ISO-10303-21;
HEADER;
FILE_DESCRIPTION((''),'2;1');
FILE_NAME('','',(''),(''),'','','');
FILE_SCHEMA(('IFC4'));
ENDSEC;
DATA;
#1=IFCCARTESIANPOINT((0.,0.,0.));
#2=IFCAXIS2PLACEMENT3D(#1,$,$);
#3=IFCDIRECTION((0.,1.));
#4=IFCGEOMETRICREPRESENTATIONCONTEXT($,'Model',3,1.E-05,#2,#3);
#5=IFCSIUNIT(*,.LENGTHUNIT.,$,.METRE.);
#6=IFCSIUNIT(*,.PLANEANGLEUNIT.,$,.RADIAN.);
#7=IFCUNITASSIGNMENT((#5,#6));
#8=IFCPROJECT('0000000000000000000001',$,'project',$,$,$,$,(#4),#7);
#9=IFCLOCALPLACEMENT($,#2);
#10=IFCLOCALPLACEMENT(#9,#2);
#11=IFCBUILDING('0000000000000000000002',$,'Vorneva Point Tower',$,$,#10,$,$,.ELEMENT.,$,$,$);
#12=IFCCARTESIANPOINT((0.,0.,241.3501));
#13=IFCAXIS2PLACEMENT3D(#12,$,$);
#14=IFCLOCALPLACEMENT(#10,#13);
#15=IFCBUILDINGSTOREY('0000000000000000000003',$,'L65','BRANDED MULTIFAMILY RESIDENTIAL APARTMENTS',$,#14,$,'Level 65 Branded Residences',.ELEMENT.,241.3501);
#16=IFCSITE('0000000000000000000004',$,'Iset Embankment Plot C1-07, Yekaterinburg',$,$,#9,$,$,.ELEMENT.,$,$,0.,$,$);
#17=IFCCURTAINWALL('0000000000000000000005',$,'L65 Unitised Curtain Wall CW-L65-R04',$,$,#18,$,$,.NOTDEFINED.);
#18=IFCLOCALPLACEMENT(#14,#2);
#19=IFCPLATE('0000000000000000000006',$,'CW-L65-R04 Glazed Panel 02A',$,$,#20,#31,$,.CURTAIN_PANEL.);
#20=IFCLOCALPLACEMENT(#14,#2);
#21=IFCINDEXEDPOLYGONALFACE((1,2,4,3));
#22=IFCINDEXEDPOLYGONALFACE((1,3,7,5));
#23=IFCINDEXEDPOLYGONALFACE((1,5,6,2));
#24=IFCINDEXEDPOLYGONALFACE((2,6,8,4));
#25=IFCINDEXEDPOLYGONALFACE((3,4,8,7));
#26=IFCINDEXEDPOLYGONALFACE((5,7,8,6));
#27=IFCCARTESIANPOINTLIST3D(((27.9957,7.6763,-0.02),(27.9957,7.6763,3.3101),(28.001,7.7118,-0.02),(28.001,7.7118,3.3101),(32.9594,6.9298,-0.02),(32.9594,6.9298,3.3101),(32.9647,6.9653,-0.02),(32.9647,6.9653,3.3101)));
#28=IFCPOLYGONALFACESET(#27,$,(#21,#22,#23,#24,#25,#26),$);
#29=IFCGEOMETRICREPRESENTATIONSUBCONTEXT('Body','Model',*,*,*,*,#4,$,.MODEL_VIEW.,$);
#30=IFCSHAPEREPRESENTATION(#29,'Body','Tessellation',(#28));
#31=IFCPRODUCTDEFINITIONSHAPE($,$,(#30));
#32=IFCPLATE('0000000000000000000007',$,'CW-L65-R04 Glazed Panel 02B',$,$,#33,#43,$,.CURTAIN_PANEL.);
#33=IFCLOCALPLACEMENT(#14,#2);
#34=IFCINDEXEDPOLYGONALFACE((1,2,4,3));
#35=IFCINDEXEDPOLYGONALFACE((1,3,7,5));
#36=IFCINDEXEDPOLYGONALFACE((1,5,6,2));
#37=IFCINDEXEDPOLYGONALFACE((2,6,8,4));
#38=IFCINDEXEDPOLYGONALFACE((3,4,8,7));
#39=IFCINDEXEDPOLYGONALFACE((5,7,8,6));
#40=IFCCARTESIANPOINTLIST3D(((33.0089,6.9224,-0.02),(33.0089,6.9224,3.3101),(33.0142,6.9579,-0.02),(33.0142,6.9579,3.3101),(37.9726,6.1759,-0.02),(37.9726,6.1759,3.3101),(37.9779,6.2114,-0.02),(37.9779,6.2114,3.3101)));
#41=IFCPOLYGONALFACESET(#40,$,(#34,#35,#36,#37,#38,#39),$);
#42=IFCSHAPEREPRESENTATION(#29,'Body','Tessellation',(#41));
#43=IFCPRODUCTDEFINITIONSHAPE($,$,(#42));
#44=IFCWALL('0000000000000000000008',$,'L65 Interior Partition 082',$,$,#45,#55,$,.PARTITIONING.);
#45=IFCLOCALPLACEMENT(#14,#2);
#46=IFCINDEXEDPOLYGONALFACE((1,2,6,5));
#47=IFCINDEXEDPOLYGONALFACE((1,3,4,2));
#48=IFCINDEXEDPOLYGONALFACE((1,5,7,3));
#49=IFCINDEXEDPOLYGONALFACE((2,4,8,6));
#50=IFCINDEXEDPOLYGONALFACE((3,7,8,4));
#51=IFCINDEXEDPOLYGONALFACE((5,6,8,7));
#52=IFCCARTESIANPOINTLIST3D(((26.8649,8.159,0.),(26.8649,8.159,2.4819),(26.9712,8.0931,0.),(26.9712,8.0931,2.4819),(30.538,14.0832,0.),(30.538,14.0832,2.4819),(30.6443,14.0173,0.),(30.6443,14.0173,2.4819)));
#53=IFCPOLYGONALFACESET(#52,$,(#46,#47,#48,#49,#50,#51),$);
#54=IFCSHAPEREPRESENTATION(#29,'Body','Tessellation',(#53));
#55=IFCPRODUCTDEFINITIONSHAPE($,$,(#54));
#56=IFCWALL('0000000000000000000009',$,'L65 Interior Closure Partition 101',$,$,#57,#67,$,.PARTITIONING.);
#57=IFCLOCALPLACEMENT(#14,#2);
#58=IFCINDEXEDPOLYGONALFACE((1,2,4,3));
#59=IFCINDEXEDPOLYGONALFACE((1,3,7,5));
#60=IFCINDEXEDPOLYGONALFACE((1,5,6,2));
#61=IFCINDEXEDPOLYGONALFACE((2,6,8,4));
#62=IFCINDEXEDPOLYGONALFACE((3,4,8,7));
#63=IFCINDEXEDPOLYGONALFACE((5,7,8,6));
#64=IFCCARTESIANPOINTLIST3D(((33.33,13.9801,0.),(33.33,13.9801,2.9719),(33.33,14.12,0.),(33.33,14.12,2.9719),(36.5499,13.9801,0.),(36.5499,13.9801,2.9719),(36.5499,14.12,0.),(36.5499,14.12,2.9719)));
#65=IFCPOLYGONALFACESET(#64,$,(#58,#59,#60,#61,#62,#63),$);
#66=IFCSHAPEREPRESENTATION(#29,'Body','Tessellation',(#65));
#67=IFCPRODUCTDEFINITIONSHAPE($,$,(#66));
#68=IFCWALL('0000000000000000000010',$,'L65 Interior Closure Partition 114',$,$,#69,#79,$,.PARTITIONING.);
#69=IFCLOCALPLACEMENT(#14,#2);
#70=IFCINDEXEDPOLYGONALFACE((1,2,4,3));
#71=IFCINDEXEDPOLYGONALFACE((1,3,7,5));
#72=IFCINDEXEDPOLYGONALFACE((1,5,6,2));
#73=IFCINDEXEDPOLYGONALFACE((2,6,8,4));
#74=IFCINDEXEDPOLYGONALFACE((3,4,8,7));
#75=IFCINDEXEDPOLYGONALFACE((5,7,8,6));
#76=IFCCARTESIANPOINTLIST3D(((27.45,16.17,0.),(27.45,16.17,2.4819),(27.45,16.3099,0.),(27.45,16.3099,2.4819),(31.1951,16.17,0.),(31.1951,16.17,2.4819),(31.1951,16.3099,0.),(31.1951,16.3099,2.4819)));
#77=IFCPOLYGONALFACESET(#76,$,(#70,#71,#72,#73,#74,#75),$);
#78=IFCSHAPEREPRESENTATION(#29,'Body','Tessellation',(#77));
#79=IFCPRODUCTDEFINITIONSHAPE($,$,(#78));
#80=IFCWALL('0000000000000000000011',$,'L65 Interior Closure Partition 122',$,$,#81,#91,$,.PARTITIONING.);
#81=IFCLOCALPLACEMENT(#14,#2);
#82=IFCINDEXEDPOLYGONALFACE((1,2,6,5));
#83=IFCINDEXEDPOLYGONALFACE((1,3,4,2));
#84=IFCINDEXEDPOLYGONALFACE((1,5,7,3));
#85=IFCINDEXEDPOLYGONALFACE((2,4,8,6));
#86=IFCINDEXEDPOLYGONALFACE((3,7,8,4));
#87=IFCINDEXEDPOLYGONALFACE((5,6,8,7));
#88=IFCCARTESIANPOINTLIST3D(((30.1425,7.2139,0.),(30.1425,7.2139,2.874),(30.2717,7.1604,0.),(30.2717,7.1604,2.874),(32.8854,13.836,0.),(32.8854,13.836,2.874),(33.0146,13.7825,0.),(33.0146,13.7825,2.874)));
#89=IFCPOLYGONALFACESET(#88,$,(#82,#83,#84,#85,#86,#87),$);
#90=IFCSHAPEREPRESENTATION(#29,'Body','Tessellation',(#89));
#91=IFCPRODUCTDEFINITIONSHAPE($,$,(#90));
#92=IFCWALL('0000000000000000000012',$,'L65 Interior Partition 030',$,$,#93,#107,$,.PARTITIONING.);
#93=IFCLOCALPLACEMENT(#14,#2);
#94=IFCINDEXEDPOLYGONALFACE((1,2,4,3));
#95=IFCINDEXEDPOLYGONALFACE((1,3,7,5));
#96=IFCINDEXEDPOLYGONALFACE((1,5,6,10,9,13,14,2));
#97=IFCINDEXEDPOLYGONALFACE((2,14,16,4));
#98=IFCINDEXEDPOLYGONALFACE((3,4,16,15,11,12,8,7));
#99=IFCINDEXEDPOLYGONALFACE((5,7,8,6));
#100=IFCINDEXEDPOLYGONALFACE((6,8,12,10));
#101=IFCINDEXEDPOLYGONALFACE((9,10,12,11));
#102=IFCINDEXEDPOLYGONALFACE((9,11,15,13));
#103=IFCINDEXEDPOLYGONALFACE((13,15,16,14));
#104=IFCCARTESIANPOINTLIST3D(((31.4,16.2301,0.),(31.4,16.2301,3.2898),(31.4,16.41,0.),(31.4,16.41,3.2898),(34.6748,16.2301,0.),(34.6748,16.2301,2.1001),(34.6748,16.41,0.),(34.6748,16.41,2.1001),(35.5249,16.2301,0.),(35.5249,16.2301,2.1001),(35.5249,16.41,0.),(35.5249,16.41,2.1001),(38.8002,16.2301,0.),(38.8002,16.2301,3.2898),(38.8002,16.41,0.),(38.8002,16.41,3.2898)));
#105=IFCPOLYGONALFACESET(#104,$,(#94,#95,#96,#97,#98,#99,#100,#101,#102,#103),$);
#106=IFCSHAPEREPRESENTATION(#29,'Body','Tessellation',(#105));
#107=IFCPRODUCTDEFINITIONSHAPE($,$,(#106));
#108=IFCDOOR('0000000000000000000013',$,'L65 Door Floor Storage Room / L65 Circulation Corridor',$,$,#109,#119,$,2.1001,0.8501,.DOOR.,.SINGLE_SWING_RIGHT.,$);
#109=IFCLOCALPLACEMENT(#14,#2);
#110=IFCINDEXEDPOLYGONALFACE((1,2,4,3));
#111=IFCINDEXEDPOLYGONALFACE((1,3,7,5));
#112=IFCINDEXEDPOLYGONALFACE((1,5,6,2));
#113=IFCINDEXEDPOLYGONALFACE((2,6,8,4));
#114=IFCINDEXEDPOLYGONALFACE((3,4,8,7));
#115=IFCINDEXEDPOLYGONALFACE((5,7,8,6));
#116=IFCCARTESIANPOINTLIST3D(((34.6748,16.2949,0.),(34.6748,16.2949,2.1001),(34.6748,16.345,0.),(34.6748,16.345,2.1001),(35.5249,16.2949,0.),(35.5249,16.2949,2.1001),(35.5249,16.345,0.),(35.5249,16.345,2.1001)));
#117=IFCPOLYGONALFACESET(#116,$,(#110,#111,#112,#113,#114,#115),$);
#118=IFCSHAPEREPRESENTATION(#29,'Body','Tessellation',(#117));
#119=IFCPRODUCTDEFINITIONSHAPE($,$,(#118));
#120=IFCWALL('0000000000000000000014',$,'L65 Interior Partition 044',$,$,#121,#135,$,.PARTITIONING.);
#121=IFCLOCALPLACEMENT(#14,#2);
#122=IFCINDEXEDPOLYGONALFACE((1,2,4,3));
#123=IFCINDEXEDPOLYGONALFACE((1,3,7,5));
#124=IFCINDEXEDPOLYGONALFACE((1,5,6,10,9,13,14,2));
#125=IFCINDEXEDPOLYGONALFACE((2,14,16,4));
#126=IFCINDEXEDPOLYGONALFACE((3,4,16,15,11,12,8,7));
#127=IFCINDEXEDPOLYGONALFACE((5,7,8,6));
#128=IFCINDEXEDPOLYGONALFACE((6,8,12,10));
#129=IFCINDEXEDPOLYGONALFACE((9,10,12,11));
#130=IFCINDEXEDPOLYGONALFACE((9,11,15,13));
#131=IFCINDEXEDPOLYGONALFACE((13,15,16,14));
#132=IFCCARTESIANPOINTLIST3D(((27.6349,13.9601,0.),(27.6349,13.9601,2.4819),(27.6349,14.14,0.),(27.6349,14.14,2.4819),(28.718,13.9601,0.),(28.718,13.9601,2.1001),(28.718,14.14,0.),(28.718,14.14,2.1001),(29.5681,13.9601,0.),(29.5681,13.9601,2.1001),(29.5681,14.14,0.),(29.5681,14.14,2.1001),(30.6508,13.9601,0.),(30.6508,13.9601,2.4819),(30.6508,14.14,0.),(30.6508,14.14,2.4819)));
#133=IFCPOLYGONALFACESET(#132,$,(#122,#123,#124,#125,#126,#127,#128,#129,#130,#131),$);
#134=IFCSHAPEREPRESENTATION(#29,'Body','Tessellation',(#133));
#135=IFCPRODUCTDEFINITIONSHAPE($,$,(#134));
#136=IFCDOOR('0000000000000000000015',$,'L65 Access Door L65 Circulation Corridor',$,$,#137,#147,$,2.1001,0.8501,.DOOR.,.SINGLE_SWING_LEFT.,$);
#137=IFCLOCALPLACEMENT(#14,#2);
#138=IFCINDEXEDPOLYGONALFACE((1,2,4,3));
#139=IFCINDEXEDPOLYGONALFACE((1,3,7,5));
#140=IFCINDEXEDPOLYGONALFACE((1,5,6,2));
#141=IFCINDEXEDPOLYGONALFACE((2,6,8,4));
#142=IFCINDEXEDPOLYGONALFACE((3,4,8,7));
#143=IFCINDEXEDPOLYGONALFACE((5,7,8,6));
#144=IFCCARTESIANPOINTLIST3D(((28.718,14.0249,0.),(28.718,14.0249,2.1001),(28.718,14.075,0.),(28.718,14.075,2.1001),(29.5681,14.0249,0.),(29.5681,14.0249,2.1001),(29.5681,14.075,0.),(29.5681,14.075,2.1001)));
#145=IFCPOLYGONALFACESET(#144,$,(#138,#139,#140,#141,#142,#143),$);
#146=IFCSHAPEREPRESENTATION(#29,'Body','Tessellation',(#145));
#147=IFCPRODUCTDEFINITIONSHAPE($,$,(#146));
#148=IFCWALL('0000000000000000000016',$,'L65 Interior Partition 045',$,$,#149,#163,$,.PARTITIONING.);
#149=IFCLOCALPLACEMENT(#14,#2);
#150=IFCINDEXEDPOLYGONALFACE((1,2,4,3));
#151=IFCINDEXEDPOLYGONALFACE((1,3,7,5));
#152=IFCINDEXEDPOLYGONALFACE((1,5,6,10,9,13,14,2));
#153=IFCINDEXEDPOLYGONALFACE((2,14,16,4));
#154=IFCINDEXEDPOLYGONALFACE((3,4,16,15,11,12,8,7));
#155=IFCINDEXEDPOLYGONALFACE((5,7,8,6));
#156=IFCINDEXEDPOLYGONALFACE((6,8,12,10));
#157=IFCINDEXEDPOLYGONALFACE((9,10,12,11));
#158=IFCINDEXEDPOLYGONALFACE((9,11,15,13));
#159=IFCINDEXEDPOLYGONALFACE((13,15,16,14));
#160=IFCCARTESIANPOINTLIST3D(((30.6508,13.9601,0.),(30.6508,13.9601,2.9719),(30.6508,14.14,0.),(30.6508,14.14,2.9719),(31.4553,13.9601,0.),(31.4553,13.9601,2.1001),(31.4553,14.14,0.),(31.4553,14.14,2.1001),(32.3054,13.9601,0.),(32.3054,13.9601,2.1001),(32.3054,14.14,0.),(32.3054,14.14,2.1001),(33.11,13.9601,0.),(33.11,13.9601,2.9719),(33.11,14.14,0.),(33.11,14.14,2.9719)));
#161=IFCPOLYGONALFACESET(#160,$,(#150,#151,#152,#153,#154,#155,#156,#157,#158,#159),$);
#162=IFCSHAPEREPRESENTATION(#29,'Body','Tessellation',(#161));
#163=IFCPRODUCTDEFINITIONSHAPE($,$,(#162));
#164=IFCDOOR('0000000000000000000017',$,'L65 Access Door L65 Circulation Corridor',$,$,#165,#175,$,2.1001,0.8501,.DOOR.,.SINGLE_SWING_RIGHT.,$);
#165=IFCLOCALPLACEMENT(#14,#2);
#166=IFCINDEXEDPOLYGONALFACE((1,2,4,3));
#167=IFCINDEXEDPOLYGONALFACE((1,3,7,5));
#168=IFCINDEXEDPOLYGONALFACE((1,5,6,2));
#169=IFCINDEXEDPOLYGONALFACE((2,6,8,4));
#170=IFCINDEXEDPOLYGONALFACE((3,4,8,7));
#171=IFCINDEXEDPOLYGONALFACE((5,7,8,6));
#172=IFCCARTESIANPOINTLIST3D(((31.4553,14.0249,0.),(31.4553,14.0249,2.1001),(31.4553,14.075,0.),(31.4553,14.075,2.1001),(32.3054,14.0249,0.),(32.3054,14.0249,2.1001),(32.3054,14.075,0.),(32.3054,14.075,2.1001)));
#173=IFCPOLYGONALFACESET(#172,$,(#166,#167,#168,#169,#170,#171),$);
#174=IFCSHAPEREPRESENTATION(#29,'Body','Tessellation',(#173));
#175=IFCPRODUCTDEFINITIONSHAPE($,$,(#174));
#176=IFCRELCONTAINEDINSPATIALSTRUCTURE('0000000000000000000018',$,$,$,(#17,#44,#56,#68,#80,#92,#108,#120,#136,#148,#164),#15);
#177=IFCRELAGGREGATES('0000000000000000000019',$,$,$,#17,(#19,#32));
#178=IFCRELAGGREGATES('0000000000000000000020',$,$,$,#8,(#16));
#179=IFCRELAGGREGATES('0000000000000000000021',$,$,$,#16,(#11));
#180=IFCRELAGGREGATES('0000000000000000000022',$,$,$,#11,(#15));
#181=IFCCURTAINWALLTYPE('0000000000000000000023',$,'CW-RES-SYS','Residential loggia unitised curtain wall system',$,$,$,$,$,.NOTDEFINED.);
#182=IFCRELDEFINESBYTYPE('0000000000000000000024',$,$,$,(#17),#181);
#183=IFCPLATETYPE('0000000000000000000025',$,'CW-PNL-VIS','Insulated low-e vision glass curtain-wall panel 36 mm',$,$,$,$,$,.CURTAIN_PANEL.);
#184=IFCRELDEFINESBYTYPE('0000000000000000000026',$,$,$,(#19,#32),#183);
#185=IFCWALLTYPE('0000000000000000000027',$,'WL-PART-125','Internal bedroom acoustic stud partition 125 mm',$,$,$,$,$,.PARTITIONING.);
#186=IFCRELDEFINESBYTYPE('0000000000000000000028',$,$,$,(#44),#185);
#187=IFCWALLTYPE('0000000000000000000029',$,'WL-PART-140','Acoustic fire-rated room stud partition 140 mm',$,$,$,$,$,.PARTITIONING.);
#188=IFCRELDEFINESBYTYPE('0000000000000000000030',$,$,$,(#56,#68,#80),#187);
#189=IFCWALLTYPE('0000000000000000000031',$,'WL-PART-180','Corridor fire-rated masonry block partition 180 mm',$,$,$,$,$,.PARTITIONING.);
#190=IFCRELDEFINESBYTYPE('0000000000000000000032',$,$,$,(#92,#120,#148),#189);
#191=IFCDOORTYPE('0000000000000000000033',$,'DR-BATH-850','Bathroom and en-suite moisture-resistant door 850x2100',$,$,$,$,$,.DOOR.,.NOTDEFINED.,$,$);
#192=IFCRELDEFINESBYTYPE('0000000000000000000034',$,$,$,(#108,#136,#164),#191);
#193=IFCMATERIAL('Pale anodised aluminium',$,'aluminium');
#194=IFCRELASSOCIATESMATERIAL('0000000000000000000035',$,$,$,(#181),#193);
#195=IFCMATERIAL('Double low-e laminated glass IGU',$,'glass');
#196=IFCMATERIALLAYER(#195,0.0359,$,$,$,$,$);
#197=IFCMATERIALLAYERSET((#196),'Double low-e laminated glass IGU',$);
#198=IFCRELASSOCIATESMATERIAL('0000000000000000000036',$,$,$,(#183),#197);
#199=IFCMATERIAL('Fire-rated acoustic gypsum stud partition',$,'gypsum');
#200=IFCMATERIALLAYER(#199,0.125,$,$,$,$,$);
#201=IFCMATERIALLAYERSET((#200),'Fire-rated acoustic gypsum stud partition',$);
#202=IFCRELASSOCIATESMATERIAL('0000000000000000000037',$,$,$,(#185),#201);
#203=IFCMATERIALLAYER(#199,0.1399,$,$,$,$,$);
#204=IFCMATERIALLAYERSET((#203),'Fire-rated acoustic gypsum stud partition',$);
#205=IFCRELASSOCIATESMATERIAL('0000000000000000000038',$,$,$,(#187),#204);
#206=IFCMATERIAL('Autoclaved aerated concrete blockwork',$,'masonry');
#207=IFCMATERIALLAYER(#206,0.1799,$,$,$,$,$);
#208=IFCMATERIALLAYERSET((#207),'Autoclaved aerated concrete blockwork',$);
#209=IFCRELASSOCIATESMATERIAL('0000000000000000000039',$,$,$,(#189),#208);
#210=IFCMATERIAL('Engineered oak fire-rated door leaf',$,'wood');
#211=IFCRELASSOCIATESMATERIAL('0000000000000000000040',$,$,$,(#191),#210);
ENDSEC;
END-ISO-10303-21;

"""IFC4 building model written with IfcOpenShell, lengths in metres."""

from ifc_helpers import new_model, si_unit, direction, frame, frame_2d, origin, origin_2d, place, context, subcontext, project, spatial, rectangle, extrude, material, layer, layer_set, type_object, element, fill, aggregate, save


model = new_model("IFC4")

# Units and contexts
model_context = context("Model", 3, precision=1e-05, world=origin(), true_north=direction((0.0, 1.0)))
body_context = subcontext(model_context, "Body", "Model", "MODEL_VIEW")
ifc_project = project(units=[si_unit("LENGTHUNIT", "METRE"), si_unit("PLANEANGLEUNIT", "RADIAN")], contexts=[model_context])

# Site, building, storey
site_placement = place(None, origin())
site = spatial("IfcSite", under=ifc_project, at=site_placement, Name="Iset Embankment Plot C1-07, Yekaterinburg", CompositionType="ELEMENT", RefElevation=0.0)
building_placement = place(site_placement, origin())
building = spatial("IfcBuilding", under=site, at=building_placement, Name="Vorneva Point Tower", CompositionType="ELEMENT")
storey_placement = place(building_placement, frame((0.0, 0.0, 241.3501)))
storey = spatial("IfcBuildingStorey", under=building, at=storey_placement, Name="L65", Description="BRANDED MULTIFAMILY RESIDENTIAL APARTMENTS", LongName="Level 65 Branded Residences", CompositionType="ELEMENT", Elevation=241.3501)

# Curtain wall, plates
ifc_material_1 = material(Name="Pale anodised aluminium", Category="aluminium")
curtain_wall_type = type_object("IfcCurtainWallType", Name="CW-RES-SYS", Description="Residential loggia unitised curtain wall system", PredefinedType="NOTDEFINED", material=ifc_material_1)
curtain_wall_placement = place(storey_placement, origin())
curtain_wall = element("IfcCurtainWall", 1, at=curtain_wall_placement, inside=storey, type_object=curtain_wall_type, Name="L65 Unitised Curtain Wall CW-L65-R04", PredefinedType="NOTDEFINED")
ifc_material_2 = material(Name="Double low-e laminated glass IGU", Category="glass")
ifc_layer_1 = layer(ifc_material_2, 0.0359)
ifc_layer_set_1 = layer_set([ifc_layer_1], Name="Double low-e laminated glass IGU")
plate_type = type_object("IfcPlateType", Name="CW-PNL-VIS", Description="Insulated low-e vision glass curtain-wall panel 36 mm", PredefinedType="CURTAIN_PANEL", material=ifc_layer_set_1)
plate_1_placement = place(storey_placement, frame((30.4802, 7.3208, -0.02), z_axis=(0.0, 0.0, 1.0), x_axis=(0.988879, -0.148724, 0.0)))
plate_1 = element("IfcPlate", 2, at=plate_1_placement, type_object=plate_type, Name="CW-L65-R04 Glazed Panel 02A", PredefinedType="CURTAIN_PANEL", context=body_context, shape_type="SweptSolid", body=[
    extrude(rectangle(XDim=5.0195, YDim=0.0359, at=origin_2d()), origin(), (0.0, 0.0, 1.0), 3.3301),
])
plate_2_placement = place(storey_placement, frame((35.4934, 6.5669, -0.02), z_axis=(0.0, 0.0, 1.0), x_axis=(0.988879, -0.148724, 0.0)))
plate_2 = element("IfcPlate", 3, at=plate_2_placement, type_object=plate_type, Name="CW-L65-R04 Glazed Panel 02B", PredefinedType="CURTAIN_PANEL", context=body_context, shape_type="SweptSolid", body=[
    extrude(rectangle(XDim=5.0195, YDim=0.0359, at=origin_2d()), origin(), (0.0, 0.0, 1.0), 3.3301),
])
aggregate(curtain_wall, [plate_1, plate_2])

# Walls
ifc_material_3 = material(Name="Fire-rated acoustic gypsum stud partition", Category="gypsum")
ifc_layer_2 = layer(ifc_material_3, 0.125)
ifc_layer_set_2 = layer_set([ifc_layer_2], Name="Fire-rated acoustic gypsum stud partition")
wall_type_1 = type_object("IfcWallType", Name="WL-PART-125", Description="Internal bedroom acoustic stud partition 125 mm", PredefinedType="PARTITIONING", material=ifc_layer_set_2)
wall_1_placement = place(storey_placement, frame((26.918, 8.126, 0.0), z_axis=(0.0, 0.0, 1.0), x_axis=(0.526957, 0.849892, 0.0)))
element("IfcWall", 4, at=wall_1_placement, inside=storey, type_object=wall_type_1, Name="L65 Interior Partition 082", PredefinedType="PARTITIONING", context=body_context, shape_type="SweptSolid", body=[
    extrude(rectangle(XDim=6.9705, YDim=0.125, at=frame_2d((3.4854, 0.0))), origin(), (0.0, 0.0, 1.0), 2.4819),
])
ifc_layer_3 = layer(ifc_material_3, 0.1399)
ifc_layer_set_3 = layer_set([ifc_layer_3], Name="Fire-rated acoustic gypsum stud partition")
wall_type_2 = type_object("IfcWallType", Name="WL-PART-140", Description="Acoustic fire-rated room stud partition 140 mm", PredefinedType="PARTITIONING", material=ifc_layer_set_3)
wall_2_placement = place(storey_placement, frame((33.3301, 14.05, 0.0), z_axis=(0.0, 0.0, 1.0), x_axis=(1.0, 0.0, 0.0)))
element("IfcWall", 5, at=wall_2_placement, inside=storey, type_object=wall_type_2, Name="L65 Interior Closure Partition 101", PredefinedType="PARTITIONING", context=body_context, shape_type="SweptSolid", body=[
    extrude(rectangle(XDim=3.22, YDim=0.1399, at=frame_2d((1.6099, 0.0))), origin(), (0.0, 0.0, 1.0), 2.9719),
])
wall_3_placement = place(storey_placement, frame((27.45, 16.24, 0.0), z_axis=(0.0, 0.0, 1.0), x_axis=(1.0, 0.0, 0.0)))
element("IfcWall", 6, at=wall_3_placement, inside=storey, type_object=wall_type_2, Name="L65 Interior Closure Partition 114", PredefinedType="PARTITIONING", context=body_context, shape_type="SweptSolid", body=[
    extrude(rectangle(XDim=3.7451, YDim=0.1399, at=frame_2d((1.8726, 0.0))), origin(), (0.0, 0.0, 1.0), 2.4819),
])
wall_4_placement = place(storey_placement, frame((30.207, 7.187, 0.0), z_axis=(0.0, 0.0, 1.0), x_axis=(0.38268, 0.923881, 0.0)))
element("IfcWall", 7, at=wall_4_placement, inside=storey, type_object=wall_type_2, Name="L65 Interior Closure Partition 122", PredefinedType="PARTITIONING", context=body_context, shape_type="SweptSolid", body=[
    extrude(rectangle(XDim=7.1677, YDim=0.1399, at=frame_2d((3.584, 0.0))), origin(), (0.0, 0.0, 1.0), 2.874),
])

# Walls, openings, doors
ifc_material_4 = material(Name="Autoclaved aerated concrete blockwork", Category="masonry")
ifc_layer_4 = layer(ifc_material_4, 0.1799)
ifc_layer_set_4 = layer_set([ifc_layer_4], Name="Autoclaved aerated concrete blockwork")
wall_type_3 = type_object("IfcWallType", Name="WL-PART-180", Description="Corridor fire-rated masonry block partition 180 mm", PredefinedType="PARTITIONING", material=ifc_layer_set_4)
wall_5_placement = place(storey_placement, frame((31.3999, 16.3201, 0.0), z_axis=(0.0, 0.0, 1.0), x_axis=(1.0, 0.0, 0.0)))
wall_5 = element("IfcWall", 8, at=wall_5_placement, inside=storey, type_object=wall_type_3, Name="L65 Interior Partition 030", PredefinedType="PARTITIONING", context=body_context, shape_type="SweptSolid", body=[
    extrude(rectangle(XDim=7.4001, YDim=0.1799, at=frame_2d((3.7002, 0.0))), origin(), (0.0, 0.0, 1.0), 3.2898),
])
opening_1_placement = place(wall_5_placement, frame((3.2749, 0.0, 0.0)))
opening_1 = element("IfcOpeningElement", 9, at=opening_1_placement, cuts=wall_5, PredefinedType="OPENING", context=body_context, shape_type="SweptSolid", body=[
    extrude(rectangle(XDim=0.8501, YDim=2.1001, at=frame_2d((0.425, 1.05))), frame((0.0, 0.105, 0.0), z_axis=(0.0, -1.0, 0.0), x_axis=(1.0, 0.0, 0.0)), (0.0, 0.0, 1.0), 0.2097),
])
ifc_material_5 = material(Name="Engineered oak fire-rated door leaf", Category="wood")
door_type = type_object("IfcDoorType", Name="DR-BATH-850", Description="Bathroom and en-suite moisture-resistant door 850x2100", OperationType="NOTDEFINED", PredefinedType="DOOR", material=ifc_material_5)
door_1_placement = place(opening_1_placement, origin())
door_1 = element("IfcDoor", 10, at=door_1_placement, inside=storey, type_object=door_type, Name="L65 Door Floor Storage Room / L65 Circulation Corridor", OperationType="SINGLE_SWING_RIGHT", OverallHeight=2.1001, OverallWidth=0.8501, PredefinedType="DOOR", context=body_context, shape_type="SweptSolid", body=[
    extrude(rectangle(XDim=0.8501, YDim=2.1001, at=frame_2d((0.425, 1.05))), frame((0.0, 0.0249, 0.0), z_axis=(0.0, -1.0, 0.0), x_axis=(1.0, 0.0, 0.0)), (0.0, 0.0, 1.0), 0.05),
])
fill(opening_1, door_1)
wall_6_placement = place(storey_placement, frame((27.635, 14.05, 0.0), z_axis=(0.0, 0.0, 1.0), x_axis=(1.0, 0.0, 0.0)))
wall_6 = element("IfcWall", 11, at=wall_6_placement, inside=storey, type_object=wall_type_3, Name="L65 Interior Partition 044", PredefinedType="PARTITIONING", context=body_context, shape_type="SweptSolid", body=[
    extrude(rectangle(XDim=3.0159, YDim=0.1799, at=frame_2d((1.5078, 0.0))), origin(), (0.0, 0.0, 1.0), 2.4819),
])
opening_2_placement = place(wall_6_placement, frame((1.083, 0.0, 0.0)))
opening_2 = element("IfcOpeningElement", 12, at=opening_2_placement, cuts=wall_6, PredefinedType="OPENING", context=body_context, shape_type="SweptSolid", body=[
    extrude(rectangle(XDim=0.8501, YDim=2.1001, at=frame_2d((0.425, 1.05))), frame((0.0, 0.105, 0.0), z_axis=(0.0, -1.0, 0.0), x_axis=(1.0, 0.0, 0.0)), (0.0, 0.0, 1.0), 0.2097),
])
door_2_placement = place(opening_2_placement, origin())
door_2 = element("IfcDoor", 13, at=door_2_placement, inside=storey, type_object=door_type, Name="L65 Access Door L65 Circulation Corridor", OperationType="SINGLE_SWING_LEFT", OverallHeight=2.1001, OverallWidth=0.8501, PredefinedType="DOOR", context=body_context, shape_type="SweptSolid", body=[
    extrude(rectangle(XDim=0.8501, YDim=2.1001, at=frame_2d((0.425, 1.05))), frame((0.0, 0.0249, 0.0), z_axis=(0.0, -1.0, 0.0), x_axis=(1.0, 0.0, 0.0)), (0.0, 0.0, 1.0), 0.05),
])
fill(opening_2, door_2)
wall_7_placement = place(storey_placement, frame((30.6509, 14.05, 0.0), z_axis=(0.0, 0.0, 1.0), x_axis=(1.0, 0.0, 0.0)))
wall_7 = element("IfcWall", 14, at=wall_7_placement, inside=storey, type_object=wall_type_3, Name="L65 Interior Partition 045", PredefinedType="PARTITIONING", context=body_context, shape_type="SweptSolid", body=[
    extrude(rectangle(XDim=2.4592, YDim=0.1799, at=frame_2d((1.2295, 0.0))), origin(), (0.0, 0.0, 1.0), 2.9719),
])
opening_3_placement = place(wall_7_placement, frame((0.8044, 0.0, 0.0)))
opening_3 = element("IfcOpeningElement", 15, at=opening_3_placement, cuts=wall_7, PredefinedType="OPENING", context=body_context, shape_type="SweptSolid", body=[
    extrude(rectangle(XDim=0.8501, YDim=2.1001, at=frame_2d((0.425, 1.05))), frame((0.0, 0.105, 0.0), z_axis=(0.0, -1.0, 0.0), x_axis=(1.0, 0.0, 0.0)), (0.0, 0.0, 1.0), 0.2097),
])
door_3_placement = place(opening_3_placement, origin())
door_3 = element("IfcDoor", 16, at=door_3_placement, inside=storey, type_object=door_type, Name="L65 Access Door L65 Circulation Corridor", OperationType="SINGLE_SWING_RIGHT", OverallHeight=2.1001, OverallWidth=0.8501, PredefinedType="DOOR", context=body_context, shape_type="SweptSolid", body=[
    extrude(rectangle(XDim=0.8501, YDim=2.1001, at=frame_2d((0.425, 1.05))), frame((0.0, 0.0249, 0.0), z_axis=(0.0, -1.0, 0.0), x_axis=(1.0, 0.0, 0.0)), (0.0, 0.0, 1.0), 0.05),
])
fill(opening_3, door_3)

save(model, "model.ifc")
